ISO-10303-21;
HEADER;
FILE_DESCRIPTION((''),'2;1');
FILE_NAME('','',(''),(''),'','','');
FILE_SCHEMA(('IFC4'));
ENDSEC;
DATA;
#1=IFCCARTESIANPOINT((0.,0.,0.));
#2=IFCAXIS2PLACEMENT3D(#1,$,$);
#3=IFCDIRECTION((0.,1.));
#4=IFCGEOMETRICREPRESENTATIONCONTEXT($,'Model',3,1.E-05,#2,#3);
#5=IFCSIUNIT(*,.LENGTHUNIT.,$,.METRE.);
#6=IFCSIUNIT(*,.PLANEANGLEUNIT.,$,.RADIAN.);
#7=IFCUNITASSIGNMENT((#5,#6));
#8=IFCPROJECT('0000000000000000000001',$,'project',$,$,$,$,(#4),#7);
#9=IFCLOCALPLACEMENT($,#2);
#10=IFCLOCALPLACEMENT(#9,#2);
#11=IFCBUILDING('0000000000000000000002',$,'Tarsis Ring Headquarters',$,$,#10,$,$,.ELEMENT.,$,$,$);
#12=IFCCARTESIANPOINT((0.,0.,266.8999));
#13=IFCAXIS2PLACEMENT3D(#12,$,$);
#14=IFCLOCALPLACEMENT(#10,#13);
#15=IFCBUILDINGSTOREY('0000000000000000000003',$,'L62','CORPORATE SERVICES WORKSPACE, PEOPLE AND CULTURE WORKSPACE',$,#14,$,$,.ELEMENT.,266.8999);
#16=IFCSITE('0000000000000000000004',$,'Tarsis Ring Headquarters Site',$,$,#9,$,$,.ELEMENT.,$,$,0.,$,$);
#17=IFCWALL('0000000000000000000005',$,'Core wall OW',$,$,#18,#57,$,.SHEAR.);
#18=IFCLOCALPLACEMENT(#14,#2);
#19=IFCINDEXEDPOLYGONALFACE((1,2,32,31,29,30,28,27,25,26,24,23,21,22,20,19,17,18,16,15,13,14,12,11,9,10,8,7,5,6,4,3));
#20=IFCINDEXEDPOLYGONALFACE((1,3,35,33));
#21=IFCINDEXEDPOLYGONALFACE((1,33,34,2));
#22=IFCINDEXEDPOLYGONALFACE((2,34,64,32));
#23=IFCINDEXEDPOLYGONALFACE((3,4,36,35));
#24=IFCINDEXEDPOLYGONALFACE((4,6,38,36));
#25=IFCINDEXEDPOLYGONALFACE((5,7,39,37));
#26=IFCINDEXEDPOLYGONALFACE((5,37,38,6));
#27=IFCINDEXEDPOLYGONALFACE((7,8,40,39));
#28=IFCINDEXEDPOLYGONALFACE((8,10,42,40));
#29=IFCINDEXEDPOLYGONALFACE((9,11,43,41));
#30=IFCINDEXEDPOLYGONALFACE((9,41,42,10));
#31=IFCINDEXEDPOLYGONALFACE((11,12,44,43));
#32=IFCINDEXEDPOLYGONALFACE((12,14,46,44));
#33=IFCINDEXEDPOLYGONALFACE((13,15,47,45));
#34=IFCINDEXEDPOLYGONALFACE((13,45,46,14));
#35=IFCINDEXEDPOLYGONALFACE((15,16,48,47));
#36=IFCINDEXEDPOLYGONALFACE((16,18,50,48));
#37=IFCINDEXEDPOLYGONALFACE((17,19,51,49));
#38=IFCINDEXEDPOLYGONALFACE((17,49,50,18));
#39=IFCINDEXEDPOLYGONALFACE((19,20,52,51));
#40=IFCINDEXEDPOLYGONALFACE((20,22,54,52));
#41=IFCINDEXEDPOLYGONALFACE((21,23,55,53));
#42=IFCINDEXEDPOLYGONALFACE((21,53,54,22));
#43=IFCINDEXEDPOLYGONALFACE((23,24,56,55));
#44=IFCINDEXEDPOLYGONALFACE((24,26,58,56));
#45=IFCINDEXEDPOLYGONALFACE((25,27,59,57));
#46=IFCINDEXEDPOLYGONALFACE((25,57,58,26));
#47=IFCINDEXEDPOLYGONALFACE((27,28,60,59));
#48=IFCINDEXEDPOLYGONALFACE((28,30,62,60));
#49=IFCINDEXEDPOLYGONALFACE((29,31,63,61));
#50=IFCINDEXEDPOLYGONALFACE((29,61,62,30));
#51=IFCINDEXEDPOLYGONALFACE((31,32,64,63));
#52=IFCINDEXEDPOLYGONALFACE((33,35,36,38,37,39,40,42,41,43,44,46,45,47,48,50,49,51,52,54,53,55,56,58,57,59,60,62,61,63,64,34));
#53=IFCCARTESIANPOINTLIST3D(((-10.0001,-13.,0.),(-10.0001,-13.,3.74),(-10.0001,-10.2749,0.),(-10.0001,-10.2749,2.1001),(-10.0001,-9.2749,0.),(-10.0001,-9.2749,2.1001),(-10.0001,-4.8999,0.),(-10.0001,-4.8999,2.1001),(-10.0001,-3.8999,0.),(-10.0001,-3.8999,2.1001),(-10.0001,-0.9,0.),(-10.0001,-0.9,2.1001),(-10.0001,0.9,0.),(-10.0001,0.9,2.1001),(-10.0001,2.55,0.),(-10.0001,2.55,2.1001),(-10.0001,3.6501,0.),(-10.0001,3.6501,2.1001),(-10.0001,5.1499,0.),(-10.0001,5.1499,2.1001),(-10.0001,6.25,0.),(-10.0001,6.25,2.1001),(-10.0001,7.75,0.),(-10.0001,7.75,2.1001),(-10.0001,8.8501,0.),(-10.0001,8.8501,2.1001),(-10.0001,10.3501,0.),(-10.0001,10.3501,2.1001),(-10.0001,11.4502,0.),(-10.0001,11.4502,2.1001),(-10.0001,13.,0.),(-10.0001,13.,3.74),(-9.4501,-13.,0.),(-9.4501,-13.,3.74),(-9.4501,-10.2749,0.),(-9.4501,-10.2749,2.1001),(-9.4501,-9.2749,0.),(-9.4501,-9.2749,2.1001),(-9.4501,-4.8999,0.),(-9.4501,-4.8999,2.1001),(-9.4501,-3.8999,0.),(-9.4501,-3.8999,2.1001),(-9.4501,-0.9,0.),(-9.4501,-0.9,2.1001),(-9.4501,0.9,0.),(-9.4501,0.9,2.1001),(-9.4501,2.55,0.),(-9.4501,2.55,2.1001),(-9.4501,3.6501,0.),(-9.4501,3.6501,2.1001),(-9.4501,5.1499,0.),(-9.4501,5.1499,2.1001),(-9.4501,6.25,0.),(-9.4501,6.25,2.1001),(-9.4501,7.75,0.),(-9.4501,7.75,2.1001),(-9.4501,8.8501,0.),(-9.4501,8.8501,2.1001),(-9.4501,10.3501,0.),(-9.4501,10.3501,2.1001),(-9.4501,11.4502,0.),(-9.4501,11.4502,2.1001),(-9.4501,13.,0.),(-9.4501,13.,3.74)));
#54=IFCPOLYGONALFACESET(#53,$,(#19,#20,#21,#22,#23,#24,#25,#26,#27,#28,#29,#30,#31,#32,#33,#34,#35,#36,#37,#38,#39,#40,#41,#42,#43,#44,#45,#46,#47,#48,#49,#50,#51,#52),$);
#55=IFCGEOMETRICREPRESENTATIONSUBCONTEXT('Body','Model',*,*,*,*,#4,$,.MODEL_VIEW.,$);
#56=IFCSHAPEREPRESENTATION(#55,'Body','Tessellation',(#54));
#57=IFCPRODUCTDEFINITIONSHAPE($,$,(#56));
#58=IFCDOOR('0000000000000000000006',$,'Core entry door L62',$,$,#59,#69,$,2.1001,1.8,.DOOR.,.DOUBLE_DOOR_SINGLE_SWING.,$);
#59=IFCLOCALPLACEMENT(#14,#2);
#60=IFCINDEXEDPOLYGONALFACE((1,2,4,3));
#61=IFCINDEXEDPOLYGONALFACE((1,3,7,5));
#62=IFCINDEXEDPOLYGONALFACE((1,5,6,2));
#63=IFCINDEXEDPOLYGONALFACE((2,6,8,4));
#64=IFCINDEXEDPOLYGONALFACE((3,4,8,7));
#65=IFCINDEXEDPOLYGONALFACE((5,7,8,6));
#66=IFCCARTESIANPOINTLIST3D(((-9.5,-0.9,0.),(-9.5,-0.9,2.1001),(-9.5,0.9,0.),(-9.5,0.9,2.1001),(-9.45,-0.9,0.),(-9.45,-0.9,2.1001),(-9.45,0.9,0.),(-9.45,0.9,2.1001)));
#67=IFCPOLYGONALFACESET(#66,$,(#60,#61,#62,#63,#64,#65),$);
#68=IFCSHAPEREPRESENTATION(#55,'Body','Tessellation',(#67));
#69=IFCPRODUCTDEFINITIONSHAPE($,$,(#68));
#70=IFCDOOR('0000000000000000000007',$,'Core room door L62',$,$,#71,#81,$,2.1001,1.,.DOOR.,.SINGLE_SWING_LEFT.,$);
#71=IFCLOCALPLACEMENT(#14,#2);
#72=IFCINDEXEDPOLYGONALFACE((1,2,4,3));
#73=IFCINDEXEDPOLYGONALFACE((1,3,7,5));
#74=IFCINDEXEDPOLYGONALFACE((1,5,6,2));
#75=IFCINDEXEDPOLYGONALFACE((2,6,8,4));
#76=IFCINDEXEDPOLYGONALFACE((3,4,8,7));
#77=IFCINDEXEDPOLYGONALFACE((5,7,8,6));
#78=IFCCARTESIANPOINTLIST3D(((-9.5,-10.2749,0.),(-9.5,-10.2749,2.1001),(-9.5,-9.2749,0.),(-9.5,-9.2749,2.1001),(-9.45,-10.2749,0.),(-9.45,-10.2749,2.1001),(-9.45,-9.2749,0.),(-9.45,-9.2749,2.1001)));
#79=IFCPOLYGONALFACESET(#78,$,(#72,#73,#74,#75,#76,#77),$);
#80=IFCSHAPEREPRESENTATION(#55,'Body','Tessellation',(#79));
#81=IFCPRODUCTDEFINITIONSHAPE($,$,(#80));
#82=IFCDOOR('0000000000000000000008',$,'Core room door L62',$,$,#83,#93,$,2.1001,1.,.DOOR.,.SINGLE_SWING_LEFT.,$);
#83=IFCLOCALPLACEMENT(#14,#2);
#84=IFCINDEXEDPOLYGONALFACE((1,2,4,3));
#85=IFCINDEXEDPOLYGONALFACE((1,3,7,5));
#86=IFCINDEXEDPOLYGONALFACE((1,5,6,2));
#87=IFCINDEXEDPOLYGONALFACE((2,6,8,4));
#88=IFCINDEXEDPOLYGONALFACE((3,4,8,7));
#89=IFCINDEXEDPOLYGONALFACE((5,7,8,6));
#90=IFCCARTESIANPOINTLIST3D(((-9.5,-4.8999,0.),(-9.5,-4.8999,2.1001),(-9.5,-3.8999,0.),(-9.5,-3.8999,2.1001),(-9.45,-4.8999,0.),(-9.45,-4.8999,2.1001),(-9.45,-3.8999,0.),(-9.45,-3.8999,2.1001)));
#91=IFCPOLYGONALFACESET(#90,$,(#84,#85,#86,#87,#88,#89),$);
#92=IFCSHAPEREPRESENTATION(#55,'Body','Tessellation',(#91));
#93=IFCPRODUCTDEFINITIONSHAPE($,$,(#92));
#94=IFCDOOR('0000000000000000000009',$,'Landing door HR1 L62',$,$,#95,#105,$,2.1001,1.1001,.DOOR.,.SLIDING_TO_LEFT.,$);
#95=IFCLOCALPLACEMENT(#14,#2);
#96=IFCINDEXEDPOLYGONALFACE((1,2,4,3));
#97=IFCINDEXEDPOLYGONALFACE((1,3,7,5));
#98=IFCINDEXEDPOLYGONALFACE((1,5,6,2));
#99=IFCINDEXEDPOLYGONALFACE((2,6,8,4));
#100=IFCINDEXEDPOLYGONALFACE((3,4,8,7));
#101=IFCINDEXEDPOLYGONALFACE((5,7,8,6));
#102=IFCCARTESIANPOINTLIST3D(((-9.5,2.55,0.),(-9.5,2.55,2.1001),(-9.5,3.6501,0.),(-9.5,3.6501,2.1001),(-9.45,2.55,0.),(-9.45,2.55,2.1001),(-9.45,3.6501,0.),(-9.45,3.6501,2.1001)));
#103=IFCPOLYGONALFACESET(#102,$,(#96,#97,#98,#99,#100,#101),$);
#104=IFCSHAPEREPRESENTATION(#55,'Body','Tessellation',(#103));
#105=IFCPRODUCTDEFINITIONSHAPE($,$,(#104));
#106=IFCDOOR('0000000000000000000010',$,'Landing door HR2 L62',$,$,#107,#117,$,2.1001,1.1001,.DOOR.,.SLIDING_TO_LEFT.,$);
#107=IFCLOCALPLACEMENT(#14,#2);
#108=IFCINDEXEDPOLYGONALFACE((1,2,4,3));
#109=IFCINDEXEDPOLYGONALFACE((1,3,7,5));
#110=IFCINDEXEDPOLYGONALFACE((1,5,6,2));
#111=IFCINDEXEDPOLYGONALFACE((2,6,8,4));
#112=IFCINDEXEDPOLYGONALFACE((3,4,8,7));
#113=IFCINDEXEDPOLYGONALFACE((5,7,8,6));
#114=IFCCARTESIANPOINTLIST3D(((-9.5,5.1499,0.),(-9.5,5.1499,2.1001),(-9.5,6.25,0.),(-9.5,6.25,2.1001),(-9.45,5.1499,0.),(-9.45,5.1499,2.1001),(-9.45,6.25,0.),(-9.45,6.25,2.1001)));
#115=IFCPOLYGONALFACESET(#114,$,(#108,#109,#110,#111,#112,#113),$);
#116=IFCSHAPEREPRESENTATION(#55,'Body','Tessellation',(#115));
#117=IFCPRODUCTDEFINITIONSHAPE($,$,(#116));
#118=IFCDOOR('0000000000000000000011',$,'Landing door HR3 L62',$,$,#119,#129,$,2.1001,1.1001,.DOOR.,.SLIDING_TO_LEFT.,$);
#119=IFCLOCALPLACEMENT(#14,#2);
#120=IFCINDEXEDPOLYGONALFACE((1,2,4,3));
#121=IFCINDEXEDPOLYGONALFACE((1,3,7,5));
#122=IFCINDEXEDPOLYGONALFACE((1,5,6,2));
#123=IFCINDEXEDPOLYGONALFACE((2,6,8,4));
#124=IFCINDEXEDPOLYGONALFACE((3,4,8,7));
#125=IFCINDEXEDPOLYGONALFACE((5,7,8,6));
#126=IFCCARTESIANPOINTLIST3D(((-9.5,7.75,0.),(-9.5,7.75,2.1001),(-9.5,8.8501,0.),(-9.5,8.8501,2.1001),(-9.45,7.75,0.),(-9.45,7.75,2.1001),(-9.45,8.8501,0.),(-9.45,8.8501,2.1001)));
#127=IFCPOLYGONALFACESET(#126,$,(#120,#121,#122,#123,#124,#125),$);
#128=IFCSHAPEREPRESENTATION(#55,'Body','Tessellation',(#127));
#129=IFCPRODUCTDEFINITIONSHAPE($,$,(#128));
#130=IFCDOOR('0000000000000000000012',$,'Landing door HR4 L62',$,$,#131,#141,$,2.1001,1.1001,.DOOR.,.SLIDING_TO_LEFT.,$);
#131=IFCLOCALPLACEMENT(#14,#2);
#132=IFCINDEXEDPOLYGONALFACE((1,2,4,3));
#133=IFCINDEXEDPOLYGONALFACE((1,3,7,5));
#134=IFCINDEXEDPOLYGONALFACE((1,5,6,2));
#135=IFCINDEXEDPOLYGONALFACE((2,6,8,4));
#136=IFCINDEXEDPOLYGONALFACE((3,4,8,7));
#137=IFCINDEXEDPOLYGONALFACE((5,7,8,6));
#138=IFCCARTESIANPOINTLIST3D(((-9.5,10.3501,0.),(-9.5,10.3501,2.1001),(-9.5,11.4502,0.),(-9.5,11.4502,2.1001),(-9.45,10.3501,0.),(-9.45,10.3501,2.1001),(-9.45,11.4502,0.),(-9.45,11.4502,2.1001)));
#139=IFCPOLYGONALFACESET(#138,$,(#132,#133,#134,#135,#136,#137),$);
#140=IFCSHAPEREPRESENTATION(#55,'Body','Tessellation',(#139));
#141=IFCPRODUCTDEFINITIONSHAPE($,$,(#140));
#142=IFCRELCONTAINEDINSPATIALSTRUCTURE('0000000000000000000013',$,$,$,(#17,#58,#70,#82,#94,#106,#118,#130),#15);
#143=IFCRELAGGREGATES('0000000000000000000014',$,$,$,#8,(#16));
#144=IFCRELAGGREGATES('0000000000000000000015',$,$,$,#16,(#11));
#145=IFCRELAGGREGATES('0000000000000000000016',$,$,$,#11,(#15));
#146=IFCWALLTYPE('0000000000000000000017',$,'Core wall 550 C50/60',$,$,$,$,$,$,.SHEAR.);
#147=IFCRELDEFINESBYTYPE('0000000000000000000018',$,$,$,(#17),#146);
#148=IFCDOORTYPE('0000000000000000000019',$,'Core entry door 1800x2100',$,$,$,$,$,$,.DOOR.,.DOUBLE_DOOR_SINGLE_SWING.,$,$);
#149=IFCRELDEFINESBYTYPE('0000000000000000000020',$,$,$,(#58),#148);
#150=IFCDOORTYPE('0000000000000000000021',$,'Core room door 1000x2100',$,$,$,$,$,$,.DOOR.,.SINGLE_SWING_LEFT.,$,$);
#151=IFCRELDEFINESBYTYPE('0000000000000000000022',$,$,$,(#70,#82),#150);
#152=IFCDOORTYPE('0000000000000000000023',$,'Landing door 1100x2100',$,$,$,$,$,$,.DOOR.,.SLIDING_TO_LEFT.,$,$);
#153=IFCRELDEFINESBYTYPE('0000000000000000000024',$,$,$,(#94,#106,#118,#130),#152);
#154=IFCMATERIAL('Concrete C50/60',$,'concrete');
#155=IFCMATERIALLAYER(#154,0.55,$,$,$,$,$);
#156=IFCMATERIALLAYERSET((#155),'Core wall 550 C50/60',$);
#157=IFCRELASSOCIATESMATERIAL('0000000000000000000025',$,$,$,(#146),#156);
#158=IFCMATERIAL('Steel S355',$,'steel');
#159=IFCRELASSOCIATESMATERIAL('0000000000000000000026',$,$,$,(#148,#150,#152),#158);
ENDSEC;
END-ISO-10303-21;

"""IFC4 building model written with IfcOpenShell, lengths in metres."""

from ifc_helpers import new_model, si_unit, direction, frame, frame_2d, origin, place, context, subcontext, project, spatial, rectangle, extrude, material, layer, layer_set, type_object, element, fill, save


model = new_model("IFC4")

# Units and contexts
model_context = context("Model", 3, precision=1e-05, world=origin(), true_north=direction((0.0, 1.0)))
body_context = subcontext(model_context, "Body", "Model", "MODEL_VIEW")
ifc_project = project(units=[si_unit("LENGTHUNIT", "METRE"), si_unit("PLANEANGLEUNIT", "RADIAN")], contexts=[model_context])

# Site, building, storey
site_placement = place(None, origin())
site = spatial("IfcSite", under=ifc_project, at=site_placement, Name="Tarsis Ring Headquarters Site", CompositionType="ELEMENT", RefElevation=0.0)
building_placement = place(site_placement, origin())
building = spatial("IfcBuilding", under=site, at=building_placement, Name="Tarsis Ring Headquarters", CompositionType="ELEMENT")
storey_placement = place(building_placement, frame((0.0, 0.0, 266.8999)))
storey = spatial("IfcBuildingStorey", under=building, at=storey_placement, Name="L62", Description="CORPORATE SERVICES WORKSPACE, PEOPLE AND CULTURE WORKSPACE", CompositionType="ELEMENT", Elevation=266.8999)

# Wall, openings, doors
ifc_material_1 = material(Name="Concrete C50/60", Category="concrete")
ifc_layer_1 = layer(ifc_material_1, 0.55)
ifc_layer_set_1 = layer_set([ifc_layer_1], Name="Core wall 550 C50/60")
wall_type_1 = type_object("IfcWallType", Name="Core wall 550 C50/60", PredefinedType="SHEAR", material=ifc_layer_set_1)
wall_1_placement = place(storey_placement, frame((-9.7251, -13.0, 0.0), z_axis=(0.0, 0.0, 1.0), x_axis=(0.0, 1.0, 0.0)))
wall_1 = element("IfcWall", 1, at=wall_1_placement, inside=storey, type_object=wall_type_1, Name="Core wall OW", PredefinedType="SHEAR", context=body_context, shape_type="SweptSolid", body=[
    extrude(rectangle(XDim=26.0, YDim=0.55, at=frame_2d((13.0, 0.0))), origin(), (0.0, 0.0, 1.0), 3.74),
])
opening_1_placement = place(wall_1_placement, frame((2.7251, 0.0, 0.0)))
opening_1 = element("IfcOpeningElement", 2, at=opening_1_placement, cuts=wall_1, PredefinedType="OPENING", context=body_context, shape_type="SweptSolid", body=[
    extrude(rectangle(XDim=1.0, YDim=2.1001, at=frame_2d((0.5, 1.05))), frame((0.0, 0.2849, 0.0), z_axis=(0.0, -1.0, 0.0), x_axis=(1.0, 0.0, 0.0)), (0.0, 0.0, 1.0), 0.5701),
])
opening_2_placement = place(wall_1_placement, frame((8.1001, 0.0, 0.0)))
opening_2 = element("IfcOpeningElement", 3, at=opening_2_placement, cuts=wall_1, PredefinedType="OPENING", context=body_context, shape_type="SweptSolid", body=[
    extrude(rectangle(XDim=1.0, YDim=2.1001, at=frame_2d((0.5, 1.05))), frame((0.0, 0.2849, 0.0), z_axis=(0.0, -1.0, 0.0), x_axis=(1.0, 0.0, 0.0)), (0.0, 0.0, 1.0), 0.5701),
])
opening_3_placement = place(wall_1_placement, frame((12.1001, 0.0, 0.0)))
opening_3 = element("IfcOpeningElement", 4, at=opening_3_placement, cuts=wall_1, PredefinedType="OPENING", context=body_context, shape_type="SweptSolid", body=[
    extrude(rectangle(XDim=1.8, YDim=2.1001, at=frame_2d((0.8999, 1.05))), frame((0.0, 0.2849, 0.0), z_axis=(0.0, -1.0, 0.0), x_axis=(1.0, 0.0, 0.0)), (0.0, 0.0, 1.0), 0.5701),
])
opening_4_placement = place(wall_1_placement, frame((15.55, 0.0, 0.0)))
opening_4 = element("IfcOpeningElement", 5, at=opening_4_placement, cuts=wall_1, PredefinedType="OPENING", context=body_context, shape_type="SweptSolid", body=[
    extrude(rectangle(XDim=1.1001, YDim=2.1001, at=frame_2d((0.55, 1.05))), frame((0.0, 0.2849, 0.0), z_axis=(0.0, -1.0, 0.0), x_axis=(1.0, 0.0, 0.0)), (0.0, 0.0, 1.0), 0.5701),
])
opening_5_placement = place(wall_1_placement, frame((18.1499, 0.0, 0.0)))
opening_5 = element("IfcOpeningElement", 6, at=opening_5_placement, cuts=wall_1, PredefinedType="OPENING", context=body_context, shape_type="SweptSolid", body=[
    extrude(rectangle(XDim=1.1001, YDim=2.1001, at=frame_2d((0.55, 1.05))), frame((0.0, 0.2849, 0.0), z_axis=(0.0, -1.0, 0.0), x_axis=(1.0, 0.0, 0.0)), (0.0, 0.0, 1.0), 0.5701),
])
opening_6_placement = place(wall_1_placement, frame((20.75, 0.0, 0.0)))
opening_6 = element("IfcOpeningElement", 7, at=opening_6_placement, cuts=wall_1, PredefinedType="OPENING", context=body_context, shape_type="SweptSolid", body=[
    extrude(rectangle(XDim=1.1001, YDim=2.1001, at=frame_2d((0.55, 1.05))), frame((0.0, 0.2849, 0.0), z_axis=(0.0, -1.0, 0.0), x_axis=(1.0, 0.0, 0.0)), (0.0, 0.0, 1.0), 0.5701),
])
opening_7_placement = place(wall_1_placement, frame((23.3501, 0.0, 0.0)))
opening_7 = element("IfcOpeningElement", 8, at=opening_7_placement, cuts=wall_1, PredefinedType="OPENING", context=body_context, shape_type="SweptSolid", body=[
    extrude(rectangle(XDim=1.1001, YDim=2.1001, at=frame_2d((0.55, 1.05))), frame((0.0, 0.2849, 0.0), z_axis=(0.0, -1.0, 0.0), x_axis=(1.0, 0.0, 0.0)), (0.0, 0.0, 1.0), 0.5701),
])
ifc_material_2 = material(Name="Steel S355", Category="steel")
door_type_1 = type_object("IfcDoorType", Name="Core entry door 1800x2100", OperationType="DOUBLE_DOOR_SINGLE_SWING", PredefinedType="DOOR", material=ifc_material_2)
door_1_placement = place(opening_3_placement, origin())
door_1 = element("IfcDoor", 9, at=door_1_placement, inside=storey, type_object=door_type_1, Name="Core entry door L62", OperationType="DOUBLE_DOOR_SINGLE_SWING", OverallHeight=2.1001, OverallWidth=1.8, PredefinedType="DOOR", context=body_context, shape_type="SweptSolid", body=[
    extrude(rectangle(XDim=1.8, YDim=2.1001, at=frame_2d((0.8999, 1.05))), frame((0.0, -0.2251, 0.0), z_axis=(0.0, -1.0, 0.0), x_axis=(1.0, 0.0, 0.0)), (0.0, 0.0, 1.0), 0.05),
])
fill(opening_3, door_1)
door_type_2 = type_object("IfcDoorType", Name="Core room door 1000x2100", OperationType="SINGLE_SWING_LEFT", PredefinedType="DOOR", material=ifc_material_2)
door_2_placement = place(opening_1_placement, origin())
door_2 = element("IfcDoor", 10, at=door_2_placement, inside=storey, type_object=door_type_2, Name="Core room door L62", OperationType="SINGLE_SWING_LEFT", OverallHeight=2.1001, OverallWidth=1.0, PredefinedType="DOOR", context=body_context, shape_type="SweptSolid", body=[
    extrude(rectangle(XDim=1.0, YDim=2.1001, at=frame_2d((0.5, 1.05))), frame((0.0, -0.2251, 0.0), z_axis=(0.0, -1.0, 0.0), x_axis=(1.0, 0.0, 0.0)), (0.0, 0.0, 1.0), 0.05),
])
fill(opening_1, door_2)
door_3_placement = place(opening_2_placement, origin())
door_3 = element("IfcDoor", 11, at=door_3_placement, inside=storey, type_object=door_type_2, Name="Core room door L62", OperationType="SINGLE_SWING_LEFT", OverallHeight=2.1001, OverallWidth=1.0, PredefinedType="DOOR", context=body_context, shape_type="SweptSolid", body=[
    extrude(rectangle(XDim=1.0, YDim=2.1001, at=frame_2d((0.5, 1.05))), frame((0.0, -0.2251, 0.0), z_axis=(0.0, -1.0, 0.0), x_axis=(1.0, 0.0, 0.0)), (0.0, 0.0, 1.0), 0.05),
])
fill(opening_2, door_3)
door_type_3 = type_object("IfcDoorType", Name="Landing door 1100x2100", OperationType="SLIDING_TO_LEFT", PredefinedType="DOOR", material=ifc_material_2)
door_4_placement = place(opening_4_placement, origin())
door_4 = element("IfcDoor", 12, at=door_4_placement, inside=storey, type_object=door_type_3, Name="Landing door HR1 L62", OperationType="SLIDING_TO_LEFT", OverallHeight=2.1001, OverallWidth=1.1001, PredefinedType="DOOR", context=body_context, shape_type="SweptSolid", body=[
    extrude(rectangle(XDim=1.1001, YDim=2.1001, at=frame_2d((0.55, 1.05))), frame((0.0, -0.2251, 0.0), z_axis=(0.0, -1.0, 0.0), x_axis=(1.0, 0.0, 0.0)), (0.0, 0.0, 1.0), 0.05),
])
fill(opening_4, door_4)
door_5_placement = place(opening_5_placement, origin())
door_5 = element("IfcDoor", 13, at=door_5_placement, inside=storey, type_object=door_type_3, Name="Landing door HR2 L62", OperationType="SLIDING_TO_LEFT", OverallHeight=2.1001, OverallWidth=1.1001, PredefinedType="DOOR", context=body_context, shape_type="SweptSolid", body=[
    extrude(rectangle(XDim=1.1001, YDim=2.1001, at=frame_2d((0.55, 1.05))), frame((0.0, -0.2251, 0.0), z_axis=(0.0, -1.0, 0.0), x_axis=(1.0, 0.0, 0.0)), (0.0, 0.0, 1.0), 0.05),
])
fill(opening_5, door_5)
door_6_placement = place(opening_6_placement, origin())
door_6 = element("IfcDoor", 14, at=door_6_placement, inside=storey, type_object=door_type_3, Name="Landing door HR3 L62", OperationType="SLIDING_TO_LEFT", OverallHeight=2.1001, OverallWidth=1.1001, PredefinedType="DOOR", context=body_context, shape_type="SweptSolid", body=[
    extrude(rectangle(XDim=1.1001, YDim=2.1001, at=frame_2d((0.55, 1.05))), frame((0.0, -0.2251, 0.0), z_axis=(0.0, -1.0, 0.0), x_axis=(1.0, 0.0, 0.0)), (0.0, 0.0, 1.0), 0.05),
])
fill(opening_6, door_6)
door_7_placement = place(opening_7_placement, origin())
door_7 = element("IfcDoor", 15, at=door_7_placement, inside=storey, type_object=door_type_3, Name="Landing door HR4 L62", OperationType="SLIDING_TO_LEFT", OverallHeight=2.1001, OverallWidth=1.1001, PredefinedType="DOOR", context=body_context, shape_type="SweptSolid", body=[
    extrude(rectangle(XDim=1.1001, YDim=2.1001, at=frame_2d((0.55, 1.05))), frame((0.0, -0.2251, 0.0), z_axis=(0.0, -1.0, 0.0), x_axis=(1.0, 0.0, 0.0)), (0.0, 0.0, 1.0), 0.05),
])
fill(opening_7, door_7)

save(model, "model.ifc")
